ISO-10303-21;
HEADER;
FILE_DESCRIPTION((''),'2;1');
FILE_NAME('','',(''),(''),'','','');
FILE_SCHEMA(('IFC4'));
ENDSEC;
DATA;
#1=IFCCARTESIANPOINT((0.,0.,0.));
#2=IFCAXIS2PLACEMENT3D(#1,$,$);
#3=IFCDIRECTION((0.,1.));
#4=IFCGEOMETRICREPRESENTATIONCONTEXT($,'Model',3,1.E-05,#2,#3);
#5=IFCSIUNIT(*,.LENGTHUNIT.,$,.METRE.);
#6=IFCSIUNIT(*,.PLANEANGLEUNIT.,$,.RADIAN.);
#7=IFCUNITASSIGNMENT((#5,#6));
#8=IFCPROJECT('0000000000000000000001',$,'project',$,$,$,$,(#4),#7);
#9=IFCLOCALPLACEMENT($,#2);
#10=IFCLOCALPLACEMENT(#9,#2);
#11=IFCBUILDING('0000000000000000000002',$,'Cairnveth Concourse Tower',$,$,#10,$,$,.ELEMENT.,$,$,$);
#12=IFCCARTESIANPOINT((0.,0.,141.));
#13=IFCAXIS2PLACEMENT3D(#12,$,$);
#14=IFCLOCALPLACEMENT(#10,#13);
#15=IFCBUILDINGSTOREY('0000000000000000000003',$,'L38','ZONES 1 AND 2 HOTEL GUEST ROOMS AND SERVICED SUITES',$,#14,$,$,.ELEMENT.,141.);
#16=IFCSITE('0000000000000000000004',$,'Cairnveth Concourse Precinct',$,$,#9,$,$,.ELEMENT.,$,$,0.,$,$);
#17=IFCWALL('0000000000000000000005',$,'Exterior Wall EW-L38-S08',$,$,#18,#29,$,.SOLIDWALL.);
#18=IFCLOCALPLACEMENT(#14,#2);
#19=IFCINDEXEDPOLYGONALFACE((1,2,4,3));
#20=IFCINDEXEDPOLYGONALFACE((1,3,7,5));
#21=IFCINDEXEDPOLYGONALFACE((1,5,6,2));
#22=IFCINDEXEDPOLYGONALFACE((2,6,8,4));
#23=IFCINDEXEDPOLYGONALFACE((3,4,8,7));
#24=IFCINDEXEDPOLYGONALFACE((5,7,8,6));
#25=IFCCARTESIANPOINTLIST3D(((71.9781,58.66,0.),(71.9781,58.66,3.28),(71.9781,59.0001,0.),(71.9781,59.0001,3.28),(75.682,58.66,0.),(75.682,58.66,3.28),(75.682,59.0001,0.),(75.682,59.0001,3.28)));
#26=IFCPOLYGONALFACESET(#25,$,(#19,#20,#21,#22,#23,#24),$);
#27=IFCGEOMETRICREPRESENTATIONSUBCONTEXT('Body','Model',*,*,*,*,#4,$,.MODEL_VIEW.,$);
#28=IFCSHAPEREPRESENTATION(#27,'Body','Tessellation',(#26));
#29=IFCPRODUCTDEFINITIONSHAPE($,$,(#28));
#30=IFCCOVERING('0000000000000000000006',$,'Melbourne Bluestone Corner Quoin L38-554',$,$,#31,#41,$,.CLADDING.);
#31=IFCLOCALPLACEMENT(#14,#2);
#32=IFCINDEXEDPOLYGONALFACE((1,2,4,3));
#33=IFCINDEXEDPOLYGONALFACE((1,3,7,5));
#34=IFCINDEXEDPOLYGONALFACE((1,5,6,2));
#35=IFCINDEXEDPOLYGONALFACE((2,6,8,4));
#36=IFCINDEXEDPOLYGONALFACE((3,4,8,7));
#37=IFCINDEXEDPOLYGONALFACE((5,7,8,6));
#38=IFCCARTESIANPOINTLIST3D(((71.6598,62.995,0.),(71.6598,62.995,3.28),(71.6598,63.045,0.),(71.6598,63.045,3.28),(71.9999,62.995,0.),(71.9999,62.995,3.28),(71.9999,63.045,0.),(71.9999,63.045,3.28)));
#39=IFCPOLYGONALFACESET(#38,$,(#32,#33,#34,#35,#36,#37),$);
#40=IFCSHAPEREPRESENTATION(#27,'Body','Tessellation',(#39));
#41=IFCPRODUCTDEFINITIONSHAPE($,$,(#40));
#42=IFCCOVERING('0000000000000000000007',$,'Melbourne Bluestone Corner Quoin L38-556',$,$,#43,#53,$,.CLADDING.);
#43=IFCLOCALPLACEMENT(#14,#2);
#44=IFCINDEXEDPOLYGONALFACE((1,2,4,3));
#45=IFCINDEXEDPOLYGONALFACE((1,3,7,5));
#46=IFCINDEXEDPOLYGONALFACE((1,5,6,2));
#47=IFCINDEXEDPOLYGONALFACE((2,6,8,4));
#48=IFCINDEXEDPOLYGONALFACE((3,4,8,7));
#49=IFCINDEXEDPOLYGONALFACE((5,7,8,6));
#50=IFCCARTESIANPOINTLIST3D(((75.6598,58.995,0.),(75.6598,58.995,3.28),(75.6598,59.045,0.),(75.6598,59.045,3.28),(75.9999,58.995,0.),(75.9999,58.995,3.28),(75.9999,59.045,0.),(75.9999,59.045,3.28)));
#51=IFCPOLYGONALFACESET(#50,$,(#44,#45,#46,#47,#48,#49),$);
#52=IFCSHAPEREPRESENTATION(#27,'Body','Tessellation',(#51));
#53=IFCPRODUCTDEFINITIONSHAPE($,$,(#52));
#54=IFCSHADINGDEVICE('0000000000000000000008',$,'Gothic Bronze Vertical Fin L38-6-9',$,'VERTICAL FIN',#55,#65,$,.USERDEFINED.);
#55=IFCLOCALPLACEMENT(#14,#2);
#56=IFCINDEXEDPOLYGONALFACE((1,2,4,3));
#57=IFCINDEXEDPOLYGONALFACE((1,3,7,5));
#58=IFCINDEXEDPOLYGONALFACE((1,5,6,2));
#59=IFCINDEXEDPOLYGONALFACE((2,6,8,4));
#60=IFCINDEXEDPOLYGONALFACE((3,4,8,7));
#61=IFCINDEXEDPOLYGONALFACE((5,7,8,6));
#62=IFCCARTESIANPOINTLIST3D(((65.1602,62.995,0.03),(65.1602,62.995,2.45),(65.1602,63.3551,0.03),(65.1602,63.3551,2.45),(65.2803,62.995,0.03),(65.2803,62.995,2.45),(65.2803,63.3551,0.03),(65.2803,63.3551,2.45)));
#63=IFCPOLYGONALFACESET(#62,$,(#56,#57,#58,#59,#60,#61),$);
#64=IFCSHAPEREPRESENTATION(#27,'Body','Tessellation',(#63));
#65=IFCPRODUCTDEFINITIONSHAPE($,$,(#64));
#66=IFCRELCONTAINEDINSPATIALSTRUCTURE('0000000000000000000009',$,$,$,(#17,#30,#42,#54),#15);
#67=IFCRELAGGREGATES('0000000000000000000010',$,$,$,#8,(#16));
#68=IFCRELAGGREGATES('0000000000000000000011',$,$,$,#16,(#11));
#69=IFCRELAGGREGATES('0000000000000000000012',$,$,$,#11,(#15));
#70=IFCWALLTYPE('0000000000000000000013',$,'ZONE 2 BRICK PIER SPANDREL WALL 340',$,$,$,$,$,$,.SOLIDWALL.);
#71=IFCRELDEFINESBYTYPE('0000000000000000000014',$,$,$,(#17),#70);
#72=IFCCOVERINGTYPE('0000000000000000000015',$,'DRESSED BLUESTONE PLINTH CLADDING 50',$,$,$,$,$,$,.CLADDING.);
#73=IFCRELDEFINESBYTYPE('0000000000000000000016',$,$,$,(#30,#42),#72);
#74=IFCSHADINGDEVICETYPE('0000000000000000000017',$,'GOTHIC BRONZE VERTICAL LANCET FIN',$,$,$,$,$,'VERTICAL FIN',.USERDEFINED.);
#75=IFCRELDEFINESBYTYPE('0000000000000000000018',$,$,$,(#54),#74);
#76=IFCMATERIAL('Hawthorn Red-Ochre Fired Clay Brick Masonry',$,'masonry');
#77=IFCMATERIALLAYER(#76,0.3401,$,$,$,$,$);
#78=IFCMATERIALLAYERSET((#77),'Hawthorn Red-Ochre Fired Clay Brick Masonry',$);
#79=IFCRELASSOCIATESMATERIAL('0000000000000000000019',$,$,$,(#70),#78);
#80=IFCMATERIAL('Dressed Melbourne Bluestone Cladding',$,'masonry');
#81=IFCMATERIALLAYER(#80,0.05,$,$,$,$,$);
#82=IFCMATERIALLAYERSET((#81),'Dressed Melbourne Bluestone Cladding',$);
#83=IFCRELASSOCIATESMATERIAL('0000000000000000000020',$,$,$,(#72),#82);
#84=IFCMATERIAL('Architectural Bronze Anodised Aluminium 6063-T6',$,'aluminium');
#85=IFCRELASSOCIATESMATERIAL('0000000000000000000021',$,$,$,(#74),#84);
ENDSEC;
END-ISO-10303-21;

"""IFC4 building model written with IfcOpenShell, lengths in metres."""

from ifc_helpers import new_model, si_unit, direction, frame, frame_2d, origin, origin_2d, place, context, subcontext, project, spatial, rectangle, extrude, material, layer, layer_set, type_object, element, save


model = new_model("IFC4")

# Units and contexts
model_context = context("Model", 3, precision=1e-05, world=origin(), true_north=direction((0.0, 1.0)))
body_context = subcontext(model_context, "Body", "Model", "MODEL_VIEW")
ifc_project = project(units=[si_unit("LENGTHUNIT", "METRE"), si_unit("PLANEANGLEUNIT", "RADIAN")], contexts=[model_context])

# Site, building, storey
site_placement = place(None, origin())
site = spatial("IfcSite", under=ifc_project, at=site_placement, Name="Cairnveth Concourse Precinct", CompositionType="ELEMENT", RefElevation=0.0)
building_placement = place(site_placement, origin())
building = spatial("IfcBuilding", under=site, at=building_placement, Name="Cairnveth Concourse Tower", CompositionType="ELEMENT")
storey_placement = place(building_placement, frame((0.0, 0.0, 141.0)))
storey = spatial("IfcBuildingStorey", under=building, at=storey_placement, Name="L38", Description="ZONES 1 AND 2 HOTEL GUEST ROOMS AND SERVICED SUITES", CompositionType="ELEMENT", Elevation=141.0)

# Wall
ifc_material_1 = material(Name="Hawthorn Red-Ochre Fired Clay Brick Masonry", Category="masonry")
ifc_layer_1 = layer(ifc_material_1, 0.3401)
ifc_layer_set_1 = layer_set([ifc_layer_1], Name="Hawthorn Red-Ochre Fired Clay Brick Masonry")
wall_type = type_object("IfcWallType", Name="ZONE 2 BRICK PIER SPANDREL WALL 340", PredefinedType="SOLIDWALL", material=ifc_layer_set_1)
wall_1_placement = place(storey_placement, frame((71.978, 58.8301, 0.0), z_axis=(0.0, 0.0, 1.0), x_axis=(1.0, 0.0, 0.0)))
element("IfcWall", 1, at=wall_1_placement, inside=storey, type_object=wall_type, Name="Exterior Wall EW-L38-S08", PredefinedType="SOLIDWALL", context=body_context, shape_type="SweptSolid", body=[
    extrude(rectangle(XDim=3.7039, YDim=0.3401, at=frame_2d((1.8521, 0.0))), origin(), (0.0, 0.0, 1.0), 3.28),
])

# Coverings
ifc_material_2 = material(Name="Dressed Melbourne Bluestone Cladding", Category="masonry")
ifc_layer_2 = layer(ifc_material_2, 0.05)
ifc_layer_set_2 = layer_set([ifc_layer_2], Name="Dressed Melbourne Bluestone Cladding")
covering_type = type_object("IfcCoveringType", Name="DRESSED BLUESTONE PLINTH CLADDING 50", PredefinedType="CLADDING", material=ifc_layer_set_2)
for number, where, z_axis, x_axis, name in (
    (2, (71.6599, 63.02, 0.0), (0.0, 0.0, 1.0), (1.0, 0.0, 0.0), "Melbourne Bluestone Corner Quoin L38-554"),
    (3, (75.6599, 59.02, 0.0), (0.0, 0.0, 1.0), (1.0, 0.0, 0.0), "Melbourne Bluestone Corner Quoin L38-556"),
):
    element("IfcCovering", number, at=place(storey_placement, frame(where, z_axis=z_axis, x_axis=x_axis)), inside=storey, type_object=covering_type, Name=name, PredefinedType="CLADDING", context=body_context, shape_type="SweptSolid", body=[
        extrude(rectangle(XDim=0.3401, YDim=0.05, at=frame_2d((0.1699, 0.0))), origin(), (0.0, 0.0, 1.0), 3.28),
    ])

# Shading device
ifc_material_3 = material(Name="Architectural Bronze Anodised Aluminium 6063-T6", Category="aluminium")
shading_device_type = type_object("IfcShadingDeviceType", Name="GOTHIC BRONZE VERTICAL LANCET FIN", ElementType="VERTICAL FIN", PredefinedType="USERDEFINED", material=ifc_material_3)
shading_device_placement = place(storey_placement, frame((65.2202, 63.175, 0.03), z_axis=(0.0, 0.0, 1.0), x_axis=(1.0, 0.0, 0.0)))
element("IfcShadingDevice", 4, at=shading_device_placement, inside=storey, type_object=shading_device_type, Name="Gothic Bronze Vertical Fin L38-6-9", ObjectType="VERTICAL FIN", PredefinedType="USERDEFINED", context=body_context, shape_type="SweptSolid", body=[
    extrude(rectangle(XDim=0.1201, YDim=0.3601, at=origin_2d()), origin(), (0.0, 0.0, 1.0), 2.4199),
])

save(model, "model.ifc")
